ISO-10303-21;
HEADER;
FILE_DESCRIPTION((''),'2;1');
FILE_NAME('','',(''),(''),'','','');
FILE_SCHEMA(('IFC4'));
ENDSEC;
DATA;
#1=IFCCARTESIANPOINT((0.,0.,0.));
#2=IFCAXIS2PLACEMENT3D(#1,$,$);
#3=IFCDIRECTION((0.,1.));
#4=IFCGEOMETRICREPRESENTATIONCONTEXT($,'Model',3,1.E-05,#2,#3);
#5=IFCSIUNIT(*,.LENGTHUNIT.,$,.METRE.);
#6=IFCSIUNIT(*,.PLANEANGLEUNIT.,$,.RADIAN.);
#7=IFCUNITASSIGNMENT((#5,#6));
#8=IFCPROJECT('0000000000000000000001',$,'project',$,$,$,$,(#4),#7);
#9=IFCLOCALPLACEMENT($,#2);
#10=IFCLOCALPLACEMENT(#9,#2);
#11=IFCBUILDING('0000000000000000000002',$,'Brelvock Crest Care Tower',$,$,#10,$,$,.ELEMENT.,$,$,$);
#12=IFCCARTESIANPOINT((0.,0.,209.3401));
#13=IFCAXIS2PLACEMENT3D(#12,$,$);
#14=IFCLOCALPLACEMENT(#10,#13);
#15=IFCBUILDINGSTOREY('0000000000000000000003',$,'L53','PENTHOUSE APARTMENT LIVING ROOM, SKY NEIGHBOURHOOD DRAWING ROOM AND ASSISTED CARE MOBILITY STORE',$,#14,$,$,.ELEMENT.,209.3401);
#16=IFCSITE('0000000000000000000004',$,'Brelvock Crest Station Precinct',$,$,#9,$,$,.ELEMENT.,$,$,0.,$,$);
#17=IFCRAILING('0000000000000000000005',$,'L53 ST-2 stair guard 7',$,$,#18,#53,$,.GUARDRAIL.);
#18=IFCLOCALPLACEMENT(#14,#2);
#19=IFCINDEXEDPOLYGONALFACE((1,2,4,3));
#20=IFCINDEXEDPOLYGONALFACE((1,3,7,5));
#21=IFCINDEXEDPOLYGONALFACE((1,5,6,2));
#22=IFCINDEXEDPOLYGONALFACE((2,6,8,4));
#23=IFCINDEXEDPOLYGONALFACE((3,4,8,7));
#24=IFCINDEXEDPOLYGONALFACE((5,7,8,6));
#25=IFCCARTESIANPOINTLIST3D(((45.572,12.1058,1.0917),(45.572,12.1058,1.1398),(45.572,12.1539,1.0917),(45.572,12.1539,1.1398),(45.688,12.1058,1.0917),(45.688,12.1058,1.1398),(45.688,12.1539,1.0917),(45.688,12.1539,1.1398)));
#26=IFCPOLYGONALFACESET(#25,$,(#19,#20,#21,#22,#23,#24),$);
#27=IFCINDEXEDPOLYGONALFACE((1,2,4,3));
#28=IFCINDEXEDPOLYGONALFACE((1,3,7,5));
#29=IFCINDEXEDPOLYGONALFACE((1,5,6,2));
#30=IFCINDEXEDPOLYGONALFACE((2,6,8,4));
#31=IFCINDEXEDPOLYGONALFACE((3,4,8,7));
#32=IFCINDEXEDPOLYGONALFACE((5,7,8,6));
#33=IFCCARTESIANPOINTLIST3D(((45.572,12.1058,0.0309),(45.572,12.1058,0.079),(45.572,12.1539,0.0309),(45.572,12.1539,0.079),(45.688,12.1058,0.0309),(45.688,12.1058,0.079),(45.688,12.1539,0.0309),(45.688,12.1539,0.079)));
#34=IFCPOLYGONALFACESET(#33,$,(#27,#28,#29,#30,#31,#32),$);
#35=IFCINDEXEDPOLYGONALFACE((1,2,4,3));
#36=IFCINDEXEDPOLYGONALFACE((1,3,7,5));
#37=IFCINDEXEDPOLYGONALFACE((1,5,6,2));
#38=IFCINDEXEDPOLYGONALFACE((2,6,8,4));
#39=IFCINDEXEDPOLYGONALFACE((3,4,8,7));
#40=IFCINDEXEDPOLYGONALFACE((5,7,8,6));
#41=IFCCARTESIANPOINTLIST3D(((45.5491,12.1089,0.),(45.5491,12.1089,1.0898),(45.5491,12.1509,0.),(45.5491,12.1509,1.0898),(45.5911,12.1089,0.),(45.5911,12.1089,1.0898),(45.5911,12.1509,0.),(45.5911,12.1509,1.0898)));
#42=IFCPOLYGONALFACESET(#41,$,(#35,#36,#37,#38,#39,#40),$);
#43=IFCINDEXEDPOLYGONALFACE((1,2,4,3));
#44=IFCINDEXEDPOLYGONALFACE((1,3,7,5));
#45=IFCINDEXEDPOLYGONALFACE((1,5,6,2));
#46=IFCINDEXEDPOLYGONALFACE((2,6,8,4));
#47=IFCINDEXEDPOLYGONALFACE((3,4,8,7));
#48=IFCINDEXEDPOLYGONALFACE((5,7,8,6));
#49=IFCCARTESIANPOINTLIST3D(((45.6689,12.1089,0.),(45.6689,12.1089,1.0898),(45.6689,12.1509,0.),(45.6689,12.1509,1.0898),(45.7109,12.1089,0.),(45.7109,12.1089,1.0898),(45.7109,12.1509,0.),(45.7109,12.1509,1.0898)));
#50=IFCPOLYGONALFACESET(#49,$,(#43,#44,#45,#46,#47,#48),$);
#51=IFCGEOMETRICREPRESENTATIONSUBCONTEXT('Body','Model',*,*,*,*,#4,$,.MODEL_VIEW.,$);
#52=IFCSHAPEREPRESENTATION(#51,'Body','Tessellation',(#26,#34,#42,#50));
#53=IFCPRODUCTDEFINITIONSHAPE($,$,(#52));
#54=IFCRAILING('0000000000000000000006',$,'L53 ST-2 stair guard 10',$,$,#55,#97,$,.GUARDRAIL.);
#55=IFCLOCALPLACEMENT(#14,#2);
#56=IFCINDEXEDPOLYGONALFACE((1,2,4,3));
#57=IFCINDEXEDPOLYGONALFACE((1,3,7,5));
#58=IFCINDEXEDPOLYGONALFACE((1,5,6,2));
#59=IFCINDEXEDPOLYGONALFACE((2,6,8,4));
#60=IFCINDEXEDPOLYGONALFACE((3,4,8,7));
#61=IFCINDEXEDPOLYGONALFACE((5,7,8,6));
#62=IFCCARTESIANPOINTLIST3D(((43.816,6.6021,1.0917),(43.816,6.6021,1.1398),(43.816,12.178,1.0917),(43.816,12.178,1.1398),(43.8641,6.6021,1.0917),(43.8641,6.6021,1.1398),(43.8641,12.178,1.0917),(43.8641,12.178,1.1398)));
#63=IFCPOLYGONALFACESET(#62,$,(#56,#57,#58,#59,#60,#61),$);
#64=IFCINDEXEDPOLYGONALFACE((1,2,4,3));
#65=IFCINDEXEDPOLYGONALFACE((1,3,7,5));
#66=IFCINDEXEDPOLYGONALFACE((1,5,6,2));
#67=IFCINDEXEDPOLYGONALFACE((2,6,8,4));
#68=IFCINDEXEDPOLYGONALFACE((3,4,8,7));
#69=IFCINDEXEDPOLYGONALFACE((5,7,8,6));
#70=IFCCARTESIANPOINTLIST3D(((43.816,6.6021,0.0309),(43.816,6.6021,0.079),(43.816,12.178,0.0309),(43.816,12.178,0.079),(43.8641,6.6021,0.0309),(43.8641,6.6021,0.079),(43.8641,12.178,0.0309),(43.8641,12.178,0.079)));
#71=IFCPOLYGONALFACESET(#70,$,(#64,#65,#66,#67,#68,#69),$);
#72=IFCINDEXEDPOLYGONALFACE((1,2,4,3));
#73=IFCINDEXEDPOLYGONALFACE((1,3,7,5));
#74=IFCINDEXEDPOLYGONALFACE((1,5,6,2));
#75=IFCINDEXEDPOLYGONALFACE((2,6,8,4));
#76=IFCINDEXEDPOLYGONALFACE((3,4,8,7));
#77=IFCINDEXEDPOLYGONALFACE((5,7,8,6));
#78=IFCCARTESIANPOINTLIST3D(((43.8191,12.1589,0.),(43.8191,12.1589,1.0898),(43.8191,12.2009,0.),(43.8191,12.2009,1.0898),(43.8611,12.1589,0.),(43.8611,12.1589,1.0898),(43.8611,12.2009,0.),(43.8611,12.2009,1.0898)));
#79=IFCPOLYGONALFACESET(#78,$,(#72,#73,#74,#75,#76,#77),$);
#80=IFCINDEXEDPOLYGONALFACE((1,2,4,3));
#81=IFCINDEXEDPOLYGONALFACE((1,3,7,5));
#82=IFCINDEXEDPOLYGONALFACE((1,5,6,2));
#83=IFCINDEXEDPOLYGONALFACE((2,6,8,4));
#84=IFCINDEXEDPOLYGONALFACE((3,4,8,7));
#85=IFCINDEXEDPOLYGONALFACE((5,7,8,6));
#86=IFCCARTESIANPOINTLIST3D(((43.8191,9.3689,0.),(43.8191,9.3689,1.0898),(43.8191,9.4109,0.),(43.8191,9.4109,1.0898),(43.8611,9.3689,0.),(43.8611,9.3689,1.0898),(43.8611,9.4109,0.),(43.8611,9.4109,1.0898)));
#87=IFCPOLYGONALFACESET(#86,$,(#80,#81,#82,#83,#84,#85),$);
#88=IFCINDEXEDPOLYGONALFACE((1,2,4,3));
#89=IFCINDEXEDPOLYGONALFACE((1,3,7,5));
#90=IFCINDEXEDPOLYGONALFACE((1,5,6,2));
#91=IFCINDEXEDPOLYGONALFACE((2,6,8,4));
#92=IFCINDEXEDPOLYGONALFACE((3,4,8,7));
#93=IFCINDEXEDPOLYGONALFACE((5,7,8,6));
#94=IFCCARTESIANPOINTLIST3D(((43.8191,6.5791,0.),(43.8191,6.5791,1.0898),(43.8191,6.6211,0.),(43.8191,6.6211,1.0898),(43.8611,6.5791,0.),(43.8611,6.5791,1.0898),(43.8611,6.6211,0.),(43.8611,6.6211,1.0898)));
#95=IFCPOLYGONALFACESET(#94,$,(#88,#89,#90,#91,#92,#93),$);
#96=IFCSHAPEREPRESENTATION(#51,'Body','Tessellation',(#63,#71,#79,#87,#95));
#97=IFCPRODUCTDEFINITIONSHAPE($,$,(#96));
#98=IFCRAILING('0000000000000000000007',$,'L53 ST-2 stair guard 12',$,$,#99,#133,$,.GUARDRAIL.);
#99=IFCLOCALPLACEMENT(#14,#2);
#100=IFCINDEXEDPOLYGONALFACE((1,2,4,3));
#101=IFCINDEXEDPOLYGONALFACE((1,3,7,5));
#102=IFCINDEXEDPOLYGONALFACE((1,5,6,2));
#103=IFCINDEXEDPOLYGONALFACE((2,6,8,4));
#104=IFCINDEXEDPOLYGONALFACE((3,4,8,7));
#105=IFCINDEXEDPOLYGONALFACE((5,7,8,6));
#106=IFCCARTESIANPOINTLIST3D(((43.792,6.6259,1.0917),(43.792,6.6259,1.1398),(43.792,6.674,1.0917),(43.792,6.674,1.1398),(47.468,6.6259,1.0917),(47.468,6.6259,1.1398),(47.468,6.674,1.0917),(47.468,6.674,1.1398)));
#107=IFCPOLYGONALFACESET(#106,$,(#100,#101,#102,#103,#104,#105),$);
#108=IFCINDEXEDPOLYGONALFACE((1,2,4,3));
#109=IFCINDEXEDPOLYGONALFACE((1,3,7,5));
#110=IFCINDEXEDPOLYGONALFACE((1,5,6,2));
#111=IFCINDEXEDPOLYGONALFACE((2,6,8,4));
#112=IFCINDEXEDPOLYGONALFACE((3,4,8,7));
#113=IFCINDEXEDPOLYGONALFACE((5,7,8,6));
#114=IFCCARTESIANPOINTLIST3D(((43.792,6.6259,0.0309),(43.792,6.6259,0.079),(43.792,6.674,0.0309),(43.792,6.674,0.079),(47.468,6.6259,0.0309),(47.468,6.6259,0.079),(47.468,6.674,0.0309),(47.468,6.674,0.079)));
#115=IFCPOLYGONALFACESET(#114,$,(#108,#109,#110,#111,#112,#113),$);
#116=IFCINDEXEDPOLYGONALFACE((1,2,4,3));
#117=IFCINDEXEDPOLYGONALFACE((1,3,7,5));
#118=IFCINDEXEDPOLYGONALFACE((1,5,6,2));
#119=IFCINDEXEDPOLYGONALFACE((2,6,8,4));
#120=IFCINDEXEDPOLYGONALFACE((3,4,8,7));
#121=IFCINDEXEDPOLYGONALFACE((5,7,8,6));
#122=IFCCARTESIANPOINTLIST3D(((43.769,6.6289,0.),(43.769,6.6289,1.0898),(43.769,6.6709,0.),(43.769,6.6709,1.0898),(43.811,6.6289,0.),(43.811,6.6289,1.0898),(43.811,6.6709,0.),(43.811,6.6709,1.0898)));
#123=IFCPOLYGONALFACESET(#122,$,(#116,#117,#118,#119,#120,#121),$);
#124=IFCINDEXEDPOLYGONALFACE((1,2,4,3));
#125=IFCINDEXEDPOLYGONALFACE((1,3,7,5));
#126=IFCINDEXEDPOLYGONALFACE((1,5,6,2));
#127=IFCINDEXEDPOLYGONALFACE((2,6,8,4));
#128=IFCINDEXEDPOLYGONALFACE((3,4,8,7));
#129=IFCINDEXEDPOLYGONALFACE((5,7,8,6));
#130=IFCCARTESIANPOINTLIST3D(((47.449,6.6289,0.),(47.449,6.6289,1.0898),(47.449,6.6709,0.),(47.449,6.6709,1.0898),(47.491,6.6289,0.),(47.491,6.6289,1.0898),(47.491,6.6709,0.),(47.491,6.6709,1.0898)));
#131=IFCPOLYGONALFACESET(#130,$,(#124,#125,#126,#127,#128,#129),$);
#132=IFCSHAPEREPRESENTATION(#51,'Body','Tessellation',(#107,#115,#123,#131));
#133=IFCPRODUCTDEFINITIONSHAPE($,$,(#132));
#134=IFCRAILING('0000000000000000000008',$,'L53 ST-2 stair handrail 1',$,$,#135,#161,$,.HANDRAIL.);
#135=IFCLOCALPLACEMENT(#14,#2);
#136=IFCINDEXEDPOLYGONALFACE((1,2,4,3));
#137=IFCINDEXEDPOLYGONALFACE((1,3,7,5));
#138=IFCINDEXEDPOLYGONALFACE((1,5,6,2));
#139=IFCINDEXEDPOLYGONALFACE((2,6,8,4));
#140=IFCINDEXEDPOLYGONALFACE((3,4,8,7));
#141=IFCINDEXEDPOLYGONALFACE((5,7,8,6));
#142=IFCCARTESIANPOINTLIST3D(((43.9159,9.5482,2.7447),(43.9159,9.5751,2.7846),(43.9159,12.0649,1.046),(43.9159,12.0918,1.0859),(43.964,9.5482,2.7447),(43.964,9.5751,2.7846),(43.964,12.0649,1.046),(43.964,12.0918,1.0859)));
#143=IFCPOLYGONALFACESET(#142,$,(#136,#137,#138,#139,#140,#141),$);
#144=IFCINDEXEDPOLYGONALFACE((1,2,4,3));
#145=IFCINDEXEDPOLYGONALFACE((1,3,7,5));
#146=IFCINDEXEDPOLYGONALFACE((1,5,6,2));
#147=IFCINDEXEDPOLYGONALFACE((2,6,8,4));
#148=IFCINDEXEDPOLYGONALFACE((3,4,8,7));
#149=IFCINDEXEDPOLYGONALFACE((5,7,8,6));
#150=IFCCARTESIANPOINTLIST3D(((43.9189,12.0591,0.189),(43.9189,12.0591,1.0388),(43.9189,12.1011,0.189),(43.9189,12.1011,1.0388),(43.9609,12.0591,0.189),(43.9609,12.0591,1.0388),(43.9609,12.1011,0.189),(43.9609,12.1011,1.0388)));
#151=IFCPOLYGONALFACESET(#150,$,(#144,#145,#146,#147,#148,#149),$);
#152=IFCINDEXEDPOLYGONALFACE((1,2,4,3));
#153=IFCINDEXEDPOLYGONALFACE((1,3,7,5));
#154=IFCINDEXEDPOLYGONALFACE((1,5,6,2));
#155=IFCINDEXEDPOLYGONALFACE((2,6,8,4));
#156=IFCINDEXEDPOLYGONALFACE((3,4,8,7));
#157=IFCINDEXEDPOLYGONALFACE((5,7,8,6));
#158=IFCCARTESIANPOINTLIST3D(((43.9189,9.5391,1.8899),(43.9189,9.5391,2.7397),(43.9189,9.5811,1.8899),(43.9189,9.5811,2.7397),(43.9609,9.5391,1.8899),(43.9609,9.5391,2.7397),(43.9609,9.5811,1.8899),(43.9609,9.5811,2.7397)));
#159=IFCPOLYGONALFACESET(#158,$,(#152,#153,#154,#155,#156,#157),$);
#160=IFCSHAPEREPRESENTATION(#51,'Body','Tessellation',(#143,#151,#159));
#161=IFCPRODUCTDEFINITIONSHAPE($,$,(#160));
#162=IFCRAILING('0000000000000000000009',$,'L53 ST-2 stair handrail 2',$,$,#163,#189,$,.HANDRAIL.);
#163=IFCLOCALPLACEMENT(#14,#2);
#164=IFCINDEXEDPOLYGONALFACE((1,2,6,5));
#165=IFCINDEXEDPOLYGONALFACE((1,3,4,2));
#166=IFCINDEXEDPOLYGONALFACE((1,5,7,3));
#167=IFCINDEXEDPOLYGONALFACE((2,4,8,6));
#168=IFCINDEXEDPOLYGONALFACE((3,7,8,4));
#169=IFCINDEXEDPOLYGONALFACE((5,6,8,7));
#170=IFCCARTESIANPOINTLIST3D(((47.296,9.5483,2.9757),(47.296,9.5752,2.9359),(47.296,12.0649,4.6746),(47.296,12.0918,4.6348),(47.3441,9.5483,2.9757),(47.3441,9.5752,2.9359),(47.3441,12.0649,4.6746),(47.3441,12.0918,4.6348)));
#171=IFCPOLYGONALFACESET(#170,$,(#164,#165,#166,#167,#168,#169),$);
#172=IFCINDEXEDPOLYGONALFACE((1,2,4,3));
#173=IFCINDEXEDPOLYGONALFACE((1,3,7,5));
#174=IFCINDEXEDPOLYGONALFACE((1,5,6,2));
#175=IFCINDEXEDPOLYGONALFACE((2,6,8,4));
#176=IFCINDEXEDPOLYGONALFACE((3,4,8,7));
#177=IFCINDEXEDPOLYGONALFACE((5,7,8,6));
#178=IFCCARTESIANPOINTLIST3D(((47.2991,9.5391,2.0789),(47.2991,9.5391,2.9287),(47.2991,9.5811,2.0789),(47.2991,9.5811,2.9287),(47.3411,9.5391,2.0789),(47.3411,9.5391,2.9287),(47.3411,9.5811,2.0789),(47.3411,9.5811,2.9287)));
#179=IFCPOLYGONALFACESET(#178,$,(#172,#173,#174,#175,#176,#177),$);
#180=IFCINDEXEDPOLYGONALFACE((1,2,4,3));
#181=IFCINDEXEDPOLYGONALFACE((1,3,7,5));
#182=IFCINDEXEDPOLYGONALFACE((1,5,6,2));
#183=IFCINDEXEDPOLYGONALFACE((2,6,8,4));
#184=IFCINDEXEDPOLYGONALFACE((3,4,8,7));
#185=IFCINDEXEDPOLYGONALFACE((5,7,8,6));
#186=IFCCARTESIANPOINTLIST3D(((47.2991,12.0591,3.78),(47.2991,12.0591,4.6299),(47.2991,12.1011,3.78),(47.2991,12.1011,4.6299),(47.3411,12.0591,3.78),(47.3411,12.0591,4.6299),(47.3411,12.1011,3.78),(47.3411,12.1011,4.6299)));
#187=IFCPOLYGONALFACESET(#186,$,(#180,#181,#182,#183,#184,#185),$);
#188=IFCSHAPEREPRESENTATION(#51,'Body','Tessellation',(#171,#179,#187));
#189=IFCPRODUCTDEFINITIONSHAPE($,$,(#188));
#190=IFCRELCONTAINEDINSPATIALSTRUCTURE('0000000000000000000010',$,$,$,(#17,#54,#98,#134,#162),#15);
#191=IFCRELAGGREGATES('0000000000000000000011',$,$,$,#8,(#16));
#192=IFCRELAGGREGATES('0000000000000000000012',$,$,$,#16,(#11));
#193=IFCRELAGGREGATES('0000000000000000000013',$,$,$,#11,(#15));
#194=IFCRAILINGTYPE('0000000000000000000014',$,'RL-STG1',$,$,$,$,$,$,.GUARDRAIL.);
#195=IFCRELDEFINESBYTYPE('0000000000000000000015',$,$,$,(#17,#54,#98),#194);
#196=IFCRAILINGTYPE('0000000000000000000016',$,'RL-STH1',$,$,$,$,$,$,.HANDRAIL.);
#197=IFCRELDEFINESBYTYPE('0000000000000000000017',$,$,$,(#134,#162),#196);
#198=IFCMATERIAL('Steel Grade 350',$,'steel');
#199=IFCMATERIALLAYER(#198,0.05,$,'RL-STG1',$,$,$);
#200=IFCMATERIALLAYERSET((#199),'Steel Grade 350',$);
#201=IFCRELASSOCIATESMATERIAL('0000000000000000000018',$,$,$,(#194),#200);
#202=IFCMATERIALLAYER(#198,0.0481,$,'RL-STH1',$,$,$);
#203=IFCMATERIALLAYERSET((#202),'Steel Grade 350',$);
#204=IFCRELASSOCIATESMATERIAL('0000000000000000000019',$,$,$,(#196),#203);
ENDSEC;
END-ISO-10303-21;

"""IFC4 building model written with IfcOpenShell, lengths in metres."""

from ifc_helpers import new_model, si_unit, direction, frame, origin, origin_2d, place, context, subcontext, project, spatial, rectangle, extrude, material, layer, layer_set, type_object, element, save


model = new_model("IFC4")

# Units and contexts
model_context = context("Model", 3, precision=1e-05, world=origin(), true_north=direction((0.0, 1.0)))
body_context = subcontext(model_context, "Body", "Model", "MODEL_VIEW")
ifc_project = project(units=[si_unit("LENGTHUNIT", "METRE"), si_unit("PLANEANGLEUNIT", "RADIAN")], contexts=[model_context])

# Site, building, storey
site_placement = place(None, origin())
site = spatial("IfcSite", under=ifc_project, at=site_placement, Name="Brelvock Crest Station Precinct", CompositionType="ELEMENT", RefElevation=0.0)
building_placement = place(site_placement, origin())
building = spatial("IfcBuilding", under=site, at=building_placement, Name="Brelvock Crest Care Tower", CompositionType="ELEMENT")
storey_placement = place(building_placement, frame((0.0, 0.0, 209.3401)))
storey = spatial("IfcBuildingStorey", under=building, at=storey_placement, Name="L53", Description="PENTHOUSE APARTMENT LIVING ROOM, SKY NEIGHBOURHOOD DRAWING ROOM AND ASSISTED CARE MOBILITY STORE", CompositionType="ELEMENT", Elevation=209.3401)

# Shared definitions
ifc_material_1 = material(Name="Steel Grade 350", Category="steel")

# Railings
ifc_layer_1 = layer(ifc_material_1, 0.05, Name="RL-STG1")
ifc_layer_set_1 = layer_set([ifc_layer_1], Name="Steel Grade 350")
railing_type_1 = type_object("IfcRailingType", Name="RL-STG1", PredefinedType="GUARDRAIL", material=ifc_layer_set_1)
railing_1_placement = place(storey_placement, frame((45.5701, 12.1299, 0.0)))
element("IfcRailing", 1, at=railing_1_placement, inside=storey, type_object=railing_type_1, Name="L53 ST-2 stair guard 7", PredefinedType="GUARDRAIL", context=body_context, shape_type="SweptSolid", body=[
    extrude(rectangle(XDim=0.0481, YDim=0.0481, at=origin_2d()), frame((0.002, 0.0, 1.1157), z_axis=(1.0, 0.0, 0.0), x_axis=(0.0, 1.0, 0.0)), (0.0, 0.0, 1.0), 0.116),
    extrude(rectangle(XDim=0.0481, YDim=0.0481, at=origin_2d()), frame((0.002, 0.0, 0.0549), z_axis=(1.0, 0.0, 0.0), x_axis=(0.0, 1.0, 0.0)), (0.0, 0.0, 1.0), 0.116),
    extrude(rectangle(XDim=0.042, YDim=0.042, at=origin_2d()), origin(), (0.0, 0.0, 1.0), 1.0898),
    extrude(rectangle(XDim=0.042, YDim=0.042, at=origin_2d()), frame((0.1199, 0.0, 0.0)), (0.0, 0.0, 1.0), 1.0898),
])
railing_2_placement = place(storey_placement, frame((43.8401, 12.1799, 0.0)))
element("IfcRailing", 2, at=railing_2_placement, inside=storey, type_object=railing_type_1, Name="L53 ST-2 stair guard 10", PredefinedType="GUARDRAIL", context=body_context, shape_type="SweptSolid", body=[
    extrude(rectangle(XDim=0.0481, YDim=0.0481, at=origin_2d()), frame((0.0, -0.002, 1.1157), z_axis=(0.0, -1.0, 0.0), x_axis=(1.0, 0.0, 0.0)), (0.0, 0.0, 1.0), 5.5759),
    extrude(rectangle(XDim=0.0481, YDim=0.0481, at=origin_2d()), frame((0.0, -0.002, 0.0549), z_axis=(0.0, -1.0, 0.0), x_axis=(1.0, 0.0, 0.0)), (0.0, 0.0, 1.0), 5.5759),
    extrude(rectangle(XDim=0.042, YDim=0.042, at=origin_2d()), origin(), (0.0, 0.0, 1.0), 1.0898),
    extrude(rectangle(XDim=0.042, YDim=0.042, at=origin_2d()), frame((0.0, -2.79, 0.0)), (0.0, 0.0, 1.0), 1.0898),
    extrude(rectangle(XDim=0.042, YDim=0.042, at=origin_2d()), frame((0.0, -5.5798, 0.0)), (0.0, 0.0, 1.0), 1.0898),
])
railing_3_placement = place(storey_placement, frame((43.79, 6.6499, 0.0)))
element("IfcRailing", 3, at=railing_3_placement, inside=storey, type_object=railing_type_1, Name="L53 ST-2 stair guard 12", PredefinedType="GUARDRAIL", context=body_context, shape_type="SweptSolid", body=[
    extrude(rectangle(XDim=0.0481, YDim=0.0481, at=origin_2d()), frame((0.002, 0.0, 1.1157), z_axis=(1.0, 0.0, 0.0), x_axis=(0.0, 1.0, 0.0)), (0.0, 0.0, 1.0), 3.676),
    extrude(rectangle(XDim=0.0481, YDim=0.0481, at=origin_2d()), frame((0.002, 0.0, 0.0549), z_axis=(1.0, 0.0, 0.0), x_axis=(0.0, 1.0, 0.0)), (0.0, 0.0, 1.0), 3.676),
    extrude(rectangle(XDim=0.042, YDim=0.042, at=origin_2d()), origin(), (0.0, 0.0, 1.0), 1.0898),
    extrude(rectangle(XDim=0.042, YDim=0.042, at=origin_2d()), frame((3.6799, 0.0, 0.0)), (0.0, 0.0, 1.0), 1.0898),
])
ifc_layer_2 = layer(ifc_material_1, 0.0481, Name="RL-STH1")
ifc_layer_set_2 = layer_set([ifc_layer_2], Name="Steel Grade 350")
railing_type_2 = type_object("IfcRailingType", Name="RL-STH1", PredefinedType="HANDRAIL", material=ifc_layer_set_2)
railing_4_placement = place(storey_placement, frame((43.9399, 12.0801, 0.189)))
element("IfcRailing", 4, at=railing_4_placement, inside=storey, type_object=railing_type_2, Name="L53 ST-2 stair handrail 1", PredefinedType="HANDRAIL", context=body_context, shape_type="SweptSolid", body=[
    extrude(rectangle(XDim=0.0481, YDim=0.0481, at=origin_2d()), frame((0.0, -0.0017, 0.877), z_axis=(0.0, -0.828862, 0.559454), x_axis=(1.0, 0.0, 0.0)), (0.0, 0.0, 1.0), 3.0364),
    extrude(rectangle(XDim=0.042, YDim=0.042, at=origin_2d()), origin(), (0.0, 0.0, 1.0), 0.8499),
    extrude(rectangle(XDim=0.042, YDim=0.042, at=origin_2d()), frame((0.0, -2.52, 1.7009)), (0.0, 0.0, 1.0), 0.8499),
])
railing_5_placement = place(storey_placement, frame((47.3201, 9.5601, 2.0789)))
element("IfcRailing", 5, at=railing_5_placement, inside=storey, type_object=railing_type_2, Name="L53 ST-2 stair handrail 2", PredefinedType="HANDRAIL", context=body_context, shape_type="SweptSolid", body=[
    extrude(rectangle(XDim=0.0481, YDim=0.0481, at=origin_2d()), frame((0.0, 0.0017, 0.877), z_axis=(0.0, 0.828824, 0.559509), x_axis=(-1.0, 0.0, 0.0)), (0.0, 0.0, 1.0), 3.0364),
    extrude(rectangle(XDim=0.042, YDim=0.042, at=origin_2d()), origin(), (0.0, 0.0, 1.0), 0.8499),
    extrude(rectangle(XDim=0.042, YDim=0.042, at=origin_2d()), frame((0.0, 2.52, 1.7012)), (0.0, 0.0, 1.0), 0.8499),
])

save(model, "model.ifc")
